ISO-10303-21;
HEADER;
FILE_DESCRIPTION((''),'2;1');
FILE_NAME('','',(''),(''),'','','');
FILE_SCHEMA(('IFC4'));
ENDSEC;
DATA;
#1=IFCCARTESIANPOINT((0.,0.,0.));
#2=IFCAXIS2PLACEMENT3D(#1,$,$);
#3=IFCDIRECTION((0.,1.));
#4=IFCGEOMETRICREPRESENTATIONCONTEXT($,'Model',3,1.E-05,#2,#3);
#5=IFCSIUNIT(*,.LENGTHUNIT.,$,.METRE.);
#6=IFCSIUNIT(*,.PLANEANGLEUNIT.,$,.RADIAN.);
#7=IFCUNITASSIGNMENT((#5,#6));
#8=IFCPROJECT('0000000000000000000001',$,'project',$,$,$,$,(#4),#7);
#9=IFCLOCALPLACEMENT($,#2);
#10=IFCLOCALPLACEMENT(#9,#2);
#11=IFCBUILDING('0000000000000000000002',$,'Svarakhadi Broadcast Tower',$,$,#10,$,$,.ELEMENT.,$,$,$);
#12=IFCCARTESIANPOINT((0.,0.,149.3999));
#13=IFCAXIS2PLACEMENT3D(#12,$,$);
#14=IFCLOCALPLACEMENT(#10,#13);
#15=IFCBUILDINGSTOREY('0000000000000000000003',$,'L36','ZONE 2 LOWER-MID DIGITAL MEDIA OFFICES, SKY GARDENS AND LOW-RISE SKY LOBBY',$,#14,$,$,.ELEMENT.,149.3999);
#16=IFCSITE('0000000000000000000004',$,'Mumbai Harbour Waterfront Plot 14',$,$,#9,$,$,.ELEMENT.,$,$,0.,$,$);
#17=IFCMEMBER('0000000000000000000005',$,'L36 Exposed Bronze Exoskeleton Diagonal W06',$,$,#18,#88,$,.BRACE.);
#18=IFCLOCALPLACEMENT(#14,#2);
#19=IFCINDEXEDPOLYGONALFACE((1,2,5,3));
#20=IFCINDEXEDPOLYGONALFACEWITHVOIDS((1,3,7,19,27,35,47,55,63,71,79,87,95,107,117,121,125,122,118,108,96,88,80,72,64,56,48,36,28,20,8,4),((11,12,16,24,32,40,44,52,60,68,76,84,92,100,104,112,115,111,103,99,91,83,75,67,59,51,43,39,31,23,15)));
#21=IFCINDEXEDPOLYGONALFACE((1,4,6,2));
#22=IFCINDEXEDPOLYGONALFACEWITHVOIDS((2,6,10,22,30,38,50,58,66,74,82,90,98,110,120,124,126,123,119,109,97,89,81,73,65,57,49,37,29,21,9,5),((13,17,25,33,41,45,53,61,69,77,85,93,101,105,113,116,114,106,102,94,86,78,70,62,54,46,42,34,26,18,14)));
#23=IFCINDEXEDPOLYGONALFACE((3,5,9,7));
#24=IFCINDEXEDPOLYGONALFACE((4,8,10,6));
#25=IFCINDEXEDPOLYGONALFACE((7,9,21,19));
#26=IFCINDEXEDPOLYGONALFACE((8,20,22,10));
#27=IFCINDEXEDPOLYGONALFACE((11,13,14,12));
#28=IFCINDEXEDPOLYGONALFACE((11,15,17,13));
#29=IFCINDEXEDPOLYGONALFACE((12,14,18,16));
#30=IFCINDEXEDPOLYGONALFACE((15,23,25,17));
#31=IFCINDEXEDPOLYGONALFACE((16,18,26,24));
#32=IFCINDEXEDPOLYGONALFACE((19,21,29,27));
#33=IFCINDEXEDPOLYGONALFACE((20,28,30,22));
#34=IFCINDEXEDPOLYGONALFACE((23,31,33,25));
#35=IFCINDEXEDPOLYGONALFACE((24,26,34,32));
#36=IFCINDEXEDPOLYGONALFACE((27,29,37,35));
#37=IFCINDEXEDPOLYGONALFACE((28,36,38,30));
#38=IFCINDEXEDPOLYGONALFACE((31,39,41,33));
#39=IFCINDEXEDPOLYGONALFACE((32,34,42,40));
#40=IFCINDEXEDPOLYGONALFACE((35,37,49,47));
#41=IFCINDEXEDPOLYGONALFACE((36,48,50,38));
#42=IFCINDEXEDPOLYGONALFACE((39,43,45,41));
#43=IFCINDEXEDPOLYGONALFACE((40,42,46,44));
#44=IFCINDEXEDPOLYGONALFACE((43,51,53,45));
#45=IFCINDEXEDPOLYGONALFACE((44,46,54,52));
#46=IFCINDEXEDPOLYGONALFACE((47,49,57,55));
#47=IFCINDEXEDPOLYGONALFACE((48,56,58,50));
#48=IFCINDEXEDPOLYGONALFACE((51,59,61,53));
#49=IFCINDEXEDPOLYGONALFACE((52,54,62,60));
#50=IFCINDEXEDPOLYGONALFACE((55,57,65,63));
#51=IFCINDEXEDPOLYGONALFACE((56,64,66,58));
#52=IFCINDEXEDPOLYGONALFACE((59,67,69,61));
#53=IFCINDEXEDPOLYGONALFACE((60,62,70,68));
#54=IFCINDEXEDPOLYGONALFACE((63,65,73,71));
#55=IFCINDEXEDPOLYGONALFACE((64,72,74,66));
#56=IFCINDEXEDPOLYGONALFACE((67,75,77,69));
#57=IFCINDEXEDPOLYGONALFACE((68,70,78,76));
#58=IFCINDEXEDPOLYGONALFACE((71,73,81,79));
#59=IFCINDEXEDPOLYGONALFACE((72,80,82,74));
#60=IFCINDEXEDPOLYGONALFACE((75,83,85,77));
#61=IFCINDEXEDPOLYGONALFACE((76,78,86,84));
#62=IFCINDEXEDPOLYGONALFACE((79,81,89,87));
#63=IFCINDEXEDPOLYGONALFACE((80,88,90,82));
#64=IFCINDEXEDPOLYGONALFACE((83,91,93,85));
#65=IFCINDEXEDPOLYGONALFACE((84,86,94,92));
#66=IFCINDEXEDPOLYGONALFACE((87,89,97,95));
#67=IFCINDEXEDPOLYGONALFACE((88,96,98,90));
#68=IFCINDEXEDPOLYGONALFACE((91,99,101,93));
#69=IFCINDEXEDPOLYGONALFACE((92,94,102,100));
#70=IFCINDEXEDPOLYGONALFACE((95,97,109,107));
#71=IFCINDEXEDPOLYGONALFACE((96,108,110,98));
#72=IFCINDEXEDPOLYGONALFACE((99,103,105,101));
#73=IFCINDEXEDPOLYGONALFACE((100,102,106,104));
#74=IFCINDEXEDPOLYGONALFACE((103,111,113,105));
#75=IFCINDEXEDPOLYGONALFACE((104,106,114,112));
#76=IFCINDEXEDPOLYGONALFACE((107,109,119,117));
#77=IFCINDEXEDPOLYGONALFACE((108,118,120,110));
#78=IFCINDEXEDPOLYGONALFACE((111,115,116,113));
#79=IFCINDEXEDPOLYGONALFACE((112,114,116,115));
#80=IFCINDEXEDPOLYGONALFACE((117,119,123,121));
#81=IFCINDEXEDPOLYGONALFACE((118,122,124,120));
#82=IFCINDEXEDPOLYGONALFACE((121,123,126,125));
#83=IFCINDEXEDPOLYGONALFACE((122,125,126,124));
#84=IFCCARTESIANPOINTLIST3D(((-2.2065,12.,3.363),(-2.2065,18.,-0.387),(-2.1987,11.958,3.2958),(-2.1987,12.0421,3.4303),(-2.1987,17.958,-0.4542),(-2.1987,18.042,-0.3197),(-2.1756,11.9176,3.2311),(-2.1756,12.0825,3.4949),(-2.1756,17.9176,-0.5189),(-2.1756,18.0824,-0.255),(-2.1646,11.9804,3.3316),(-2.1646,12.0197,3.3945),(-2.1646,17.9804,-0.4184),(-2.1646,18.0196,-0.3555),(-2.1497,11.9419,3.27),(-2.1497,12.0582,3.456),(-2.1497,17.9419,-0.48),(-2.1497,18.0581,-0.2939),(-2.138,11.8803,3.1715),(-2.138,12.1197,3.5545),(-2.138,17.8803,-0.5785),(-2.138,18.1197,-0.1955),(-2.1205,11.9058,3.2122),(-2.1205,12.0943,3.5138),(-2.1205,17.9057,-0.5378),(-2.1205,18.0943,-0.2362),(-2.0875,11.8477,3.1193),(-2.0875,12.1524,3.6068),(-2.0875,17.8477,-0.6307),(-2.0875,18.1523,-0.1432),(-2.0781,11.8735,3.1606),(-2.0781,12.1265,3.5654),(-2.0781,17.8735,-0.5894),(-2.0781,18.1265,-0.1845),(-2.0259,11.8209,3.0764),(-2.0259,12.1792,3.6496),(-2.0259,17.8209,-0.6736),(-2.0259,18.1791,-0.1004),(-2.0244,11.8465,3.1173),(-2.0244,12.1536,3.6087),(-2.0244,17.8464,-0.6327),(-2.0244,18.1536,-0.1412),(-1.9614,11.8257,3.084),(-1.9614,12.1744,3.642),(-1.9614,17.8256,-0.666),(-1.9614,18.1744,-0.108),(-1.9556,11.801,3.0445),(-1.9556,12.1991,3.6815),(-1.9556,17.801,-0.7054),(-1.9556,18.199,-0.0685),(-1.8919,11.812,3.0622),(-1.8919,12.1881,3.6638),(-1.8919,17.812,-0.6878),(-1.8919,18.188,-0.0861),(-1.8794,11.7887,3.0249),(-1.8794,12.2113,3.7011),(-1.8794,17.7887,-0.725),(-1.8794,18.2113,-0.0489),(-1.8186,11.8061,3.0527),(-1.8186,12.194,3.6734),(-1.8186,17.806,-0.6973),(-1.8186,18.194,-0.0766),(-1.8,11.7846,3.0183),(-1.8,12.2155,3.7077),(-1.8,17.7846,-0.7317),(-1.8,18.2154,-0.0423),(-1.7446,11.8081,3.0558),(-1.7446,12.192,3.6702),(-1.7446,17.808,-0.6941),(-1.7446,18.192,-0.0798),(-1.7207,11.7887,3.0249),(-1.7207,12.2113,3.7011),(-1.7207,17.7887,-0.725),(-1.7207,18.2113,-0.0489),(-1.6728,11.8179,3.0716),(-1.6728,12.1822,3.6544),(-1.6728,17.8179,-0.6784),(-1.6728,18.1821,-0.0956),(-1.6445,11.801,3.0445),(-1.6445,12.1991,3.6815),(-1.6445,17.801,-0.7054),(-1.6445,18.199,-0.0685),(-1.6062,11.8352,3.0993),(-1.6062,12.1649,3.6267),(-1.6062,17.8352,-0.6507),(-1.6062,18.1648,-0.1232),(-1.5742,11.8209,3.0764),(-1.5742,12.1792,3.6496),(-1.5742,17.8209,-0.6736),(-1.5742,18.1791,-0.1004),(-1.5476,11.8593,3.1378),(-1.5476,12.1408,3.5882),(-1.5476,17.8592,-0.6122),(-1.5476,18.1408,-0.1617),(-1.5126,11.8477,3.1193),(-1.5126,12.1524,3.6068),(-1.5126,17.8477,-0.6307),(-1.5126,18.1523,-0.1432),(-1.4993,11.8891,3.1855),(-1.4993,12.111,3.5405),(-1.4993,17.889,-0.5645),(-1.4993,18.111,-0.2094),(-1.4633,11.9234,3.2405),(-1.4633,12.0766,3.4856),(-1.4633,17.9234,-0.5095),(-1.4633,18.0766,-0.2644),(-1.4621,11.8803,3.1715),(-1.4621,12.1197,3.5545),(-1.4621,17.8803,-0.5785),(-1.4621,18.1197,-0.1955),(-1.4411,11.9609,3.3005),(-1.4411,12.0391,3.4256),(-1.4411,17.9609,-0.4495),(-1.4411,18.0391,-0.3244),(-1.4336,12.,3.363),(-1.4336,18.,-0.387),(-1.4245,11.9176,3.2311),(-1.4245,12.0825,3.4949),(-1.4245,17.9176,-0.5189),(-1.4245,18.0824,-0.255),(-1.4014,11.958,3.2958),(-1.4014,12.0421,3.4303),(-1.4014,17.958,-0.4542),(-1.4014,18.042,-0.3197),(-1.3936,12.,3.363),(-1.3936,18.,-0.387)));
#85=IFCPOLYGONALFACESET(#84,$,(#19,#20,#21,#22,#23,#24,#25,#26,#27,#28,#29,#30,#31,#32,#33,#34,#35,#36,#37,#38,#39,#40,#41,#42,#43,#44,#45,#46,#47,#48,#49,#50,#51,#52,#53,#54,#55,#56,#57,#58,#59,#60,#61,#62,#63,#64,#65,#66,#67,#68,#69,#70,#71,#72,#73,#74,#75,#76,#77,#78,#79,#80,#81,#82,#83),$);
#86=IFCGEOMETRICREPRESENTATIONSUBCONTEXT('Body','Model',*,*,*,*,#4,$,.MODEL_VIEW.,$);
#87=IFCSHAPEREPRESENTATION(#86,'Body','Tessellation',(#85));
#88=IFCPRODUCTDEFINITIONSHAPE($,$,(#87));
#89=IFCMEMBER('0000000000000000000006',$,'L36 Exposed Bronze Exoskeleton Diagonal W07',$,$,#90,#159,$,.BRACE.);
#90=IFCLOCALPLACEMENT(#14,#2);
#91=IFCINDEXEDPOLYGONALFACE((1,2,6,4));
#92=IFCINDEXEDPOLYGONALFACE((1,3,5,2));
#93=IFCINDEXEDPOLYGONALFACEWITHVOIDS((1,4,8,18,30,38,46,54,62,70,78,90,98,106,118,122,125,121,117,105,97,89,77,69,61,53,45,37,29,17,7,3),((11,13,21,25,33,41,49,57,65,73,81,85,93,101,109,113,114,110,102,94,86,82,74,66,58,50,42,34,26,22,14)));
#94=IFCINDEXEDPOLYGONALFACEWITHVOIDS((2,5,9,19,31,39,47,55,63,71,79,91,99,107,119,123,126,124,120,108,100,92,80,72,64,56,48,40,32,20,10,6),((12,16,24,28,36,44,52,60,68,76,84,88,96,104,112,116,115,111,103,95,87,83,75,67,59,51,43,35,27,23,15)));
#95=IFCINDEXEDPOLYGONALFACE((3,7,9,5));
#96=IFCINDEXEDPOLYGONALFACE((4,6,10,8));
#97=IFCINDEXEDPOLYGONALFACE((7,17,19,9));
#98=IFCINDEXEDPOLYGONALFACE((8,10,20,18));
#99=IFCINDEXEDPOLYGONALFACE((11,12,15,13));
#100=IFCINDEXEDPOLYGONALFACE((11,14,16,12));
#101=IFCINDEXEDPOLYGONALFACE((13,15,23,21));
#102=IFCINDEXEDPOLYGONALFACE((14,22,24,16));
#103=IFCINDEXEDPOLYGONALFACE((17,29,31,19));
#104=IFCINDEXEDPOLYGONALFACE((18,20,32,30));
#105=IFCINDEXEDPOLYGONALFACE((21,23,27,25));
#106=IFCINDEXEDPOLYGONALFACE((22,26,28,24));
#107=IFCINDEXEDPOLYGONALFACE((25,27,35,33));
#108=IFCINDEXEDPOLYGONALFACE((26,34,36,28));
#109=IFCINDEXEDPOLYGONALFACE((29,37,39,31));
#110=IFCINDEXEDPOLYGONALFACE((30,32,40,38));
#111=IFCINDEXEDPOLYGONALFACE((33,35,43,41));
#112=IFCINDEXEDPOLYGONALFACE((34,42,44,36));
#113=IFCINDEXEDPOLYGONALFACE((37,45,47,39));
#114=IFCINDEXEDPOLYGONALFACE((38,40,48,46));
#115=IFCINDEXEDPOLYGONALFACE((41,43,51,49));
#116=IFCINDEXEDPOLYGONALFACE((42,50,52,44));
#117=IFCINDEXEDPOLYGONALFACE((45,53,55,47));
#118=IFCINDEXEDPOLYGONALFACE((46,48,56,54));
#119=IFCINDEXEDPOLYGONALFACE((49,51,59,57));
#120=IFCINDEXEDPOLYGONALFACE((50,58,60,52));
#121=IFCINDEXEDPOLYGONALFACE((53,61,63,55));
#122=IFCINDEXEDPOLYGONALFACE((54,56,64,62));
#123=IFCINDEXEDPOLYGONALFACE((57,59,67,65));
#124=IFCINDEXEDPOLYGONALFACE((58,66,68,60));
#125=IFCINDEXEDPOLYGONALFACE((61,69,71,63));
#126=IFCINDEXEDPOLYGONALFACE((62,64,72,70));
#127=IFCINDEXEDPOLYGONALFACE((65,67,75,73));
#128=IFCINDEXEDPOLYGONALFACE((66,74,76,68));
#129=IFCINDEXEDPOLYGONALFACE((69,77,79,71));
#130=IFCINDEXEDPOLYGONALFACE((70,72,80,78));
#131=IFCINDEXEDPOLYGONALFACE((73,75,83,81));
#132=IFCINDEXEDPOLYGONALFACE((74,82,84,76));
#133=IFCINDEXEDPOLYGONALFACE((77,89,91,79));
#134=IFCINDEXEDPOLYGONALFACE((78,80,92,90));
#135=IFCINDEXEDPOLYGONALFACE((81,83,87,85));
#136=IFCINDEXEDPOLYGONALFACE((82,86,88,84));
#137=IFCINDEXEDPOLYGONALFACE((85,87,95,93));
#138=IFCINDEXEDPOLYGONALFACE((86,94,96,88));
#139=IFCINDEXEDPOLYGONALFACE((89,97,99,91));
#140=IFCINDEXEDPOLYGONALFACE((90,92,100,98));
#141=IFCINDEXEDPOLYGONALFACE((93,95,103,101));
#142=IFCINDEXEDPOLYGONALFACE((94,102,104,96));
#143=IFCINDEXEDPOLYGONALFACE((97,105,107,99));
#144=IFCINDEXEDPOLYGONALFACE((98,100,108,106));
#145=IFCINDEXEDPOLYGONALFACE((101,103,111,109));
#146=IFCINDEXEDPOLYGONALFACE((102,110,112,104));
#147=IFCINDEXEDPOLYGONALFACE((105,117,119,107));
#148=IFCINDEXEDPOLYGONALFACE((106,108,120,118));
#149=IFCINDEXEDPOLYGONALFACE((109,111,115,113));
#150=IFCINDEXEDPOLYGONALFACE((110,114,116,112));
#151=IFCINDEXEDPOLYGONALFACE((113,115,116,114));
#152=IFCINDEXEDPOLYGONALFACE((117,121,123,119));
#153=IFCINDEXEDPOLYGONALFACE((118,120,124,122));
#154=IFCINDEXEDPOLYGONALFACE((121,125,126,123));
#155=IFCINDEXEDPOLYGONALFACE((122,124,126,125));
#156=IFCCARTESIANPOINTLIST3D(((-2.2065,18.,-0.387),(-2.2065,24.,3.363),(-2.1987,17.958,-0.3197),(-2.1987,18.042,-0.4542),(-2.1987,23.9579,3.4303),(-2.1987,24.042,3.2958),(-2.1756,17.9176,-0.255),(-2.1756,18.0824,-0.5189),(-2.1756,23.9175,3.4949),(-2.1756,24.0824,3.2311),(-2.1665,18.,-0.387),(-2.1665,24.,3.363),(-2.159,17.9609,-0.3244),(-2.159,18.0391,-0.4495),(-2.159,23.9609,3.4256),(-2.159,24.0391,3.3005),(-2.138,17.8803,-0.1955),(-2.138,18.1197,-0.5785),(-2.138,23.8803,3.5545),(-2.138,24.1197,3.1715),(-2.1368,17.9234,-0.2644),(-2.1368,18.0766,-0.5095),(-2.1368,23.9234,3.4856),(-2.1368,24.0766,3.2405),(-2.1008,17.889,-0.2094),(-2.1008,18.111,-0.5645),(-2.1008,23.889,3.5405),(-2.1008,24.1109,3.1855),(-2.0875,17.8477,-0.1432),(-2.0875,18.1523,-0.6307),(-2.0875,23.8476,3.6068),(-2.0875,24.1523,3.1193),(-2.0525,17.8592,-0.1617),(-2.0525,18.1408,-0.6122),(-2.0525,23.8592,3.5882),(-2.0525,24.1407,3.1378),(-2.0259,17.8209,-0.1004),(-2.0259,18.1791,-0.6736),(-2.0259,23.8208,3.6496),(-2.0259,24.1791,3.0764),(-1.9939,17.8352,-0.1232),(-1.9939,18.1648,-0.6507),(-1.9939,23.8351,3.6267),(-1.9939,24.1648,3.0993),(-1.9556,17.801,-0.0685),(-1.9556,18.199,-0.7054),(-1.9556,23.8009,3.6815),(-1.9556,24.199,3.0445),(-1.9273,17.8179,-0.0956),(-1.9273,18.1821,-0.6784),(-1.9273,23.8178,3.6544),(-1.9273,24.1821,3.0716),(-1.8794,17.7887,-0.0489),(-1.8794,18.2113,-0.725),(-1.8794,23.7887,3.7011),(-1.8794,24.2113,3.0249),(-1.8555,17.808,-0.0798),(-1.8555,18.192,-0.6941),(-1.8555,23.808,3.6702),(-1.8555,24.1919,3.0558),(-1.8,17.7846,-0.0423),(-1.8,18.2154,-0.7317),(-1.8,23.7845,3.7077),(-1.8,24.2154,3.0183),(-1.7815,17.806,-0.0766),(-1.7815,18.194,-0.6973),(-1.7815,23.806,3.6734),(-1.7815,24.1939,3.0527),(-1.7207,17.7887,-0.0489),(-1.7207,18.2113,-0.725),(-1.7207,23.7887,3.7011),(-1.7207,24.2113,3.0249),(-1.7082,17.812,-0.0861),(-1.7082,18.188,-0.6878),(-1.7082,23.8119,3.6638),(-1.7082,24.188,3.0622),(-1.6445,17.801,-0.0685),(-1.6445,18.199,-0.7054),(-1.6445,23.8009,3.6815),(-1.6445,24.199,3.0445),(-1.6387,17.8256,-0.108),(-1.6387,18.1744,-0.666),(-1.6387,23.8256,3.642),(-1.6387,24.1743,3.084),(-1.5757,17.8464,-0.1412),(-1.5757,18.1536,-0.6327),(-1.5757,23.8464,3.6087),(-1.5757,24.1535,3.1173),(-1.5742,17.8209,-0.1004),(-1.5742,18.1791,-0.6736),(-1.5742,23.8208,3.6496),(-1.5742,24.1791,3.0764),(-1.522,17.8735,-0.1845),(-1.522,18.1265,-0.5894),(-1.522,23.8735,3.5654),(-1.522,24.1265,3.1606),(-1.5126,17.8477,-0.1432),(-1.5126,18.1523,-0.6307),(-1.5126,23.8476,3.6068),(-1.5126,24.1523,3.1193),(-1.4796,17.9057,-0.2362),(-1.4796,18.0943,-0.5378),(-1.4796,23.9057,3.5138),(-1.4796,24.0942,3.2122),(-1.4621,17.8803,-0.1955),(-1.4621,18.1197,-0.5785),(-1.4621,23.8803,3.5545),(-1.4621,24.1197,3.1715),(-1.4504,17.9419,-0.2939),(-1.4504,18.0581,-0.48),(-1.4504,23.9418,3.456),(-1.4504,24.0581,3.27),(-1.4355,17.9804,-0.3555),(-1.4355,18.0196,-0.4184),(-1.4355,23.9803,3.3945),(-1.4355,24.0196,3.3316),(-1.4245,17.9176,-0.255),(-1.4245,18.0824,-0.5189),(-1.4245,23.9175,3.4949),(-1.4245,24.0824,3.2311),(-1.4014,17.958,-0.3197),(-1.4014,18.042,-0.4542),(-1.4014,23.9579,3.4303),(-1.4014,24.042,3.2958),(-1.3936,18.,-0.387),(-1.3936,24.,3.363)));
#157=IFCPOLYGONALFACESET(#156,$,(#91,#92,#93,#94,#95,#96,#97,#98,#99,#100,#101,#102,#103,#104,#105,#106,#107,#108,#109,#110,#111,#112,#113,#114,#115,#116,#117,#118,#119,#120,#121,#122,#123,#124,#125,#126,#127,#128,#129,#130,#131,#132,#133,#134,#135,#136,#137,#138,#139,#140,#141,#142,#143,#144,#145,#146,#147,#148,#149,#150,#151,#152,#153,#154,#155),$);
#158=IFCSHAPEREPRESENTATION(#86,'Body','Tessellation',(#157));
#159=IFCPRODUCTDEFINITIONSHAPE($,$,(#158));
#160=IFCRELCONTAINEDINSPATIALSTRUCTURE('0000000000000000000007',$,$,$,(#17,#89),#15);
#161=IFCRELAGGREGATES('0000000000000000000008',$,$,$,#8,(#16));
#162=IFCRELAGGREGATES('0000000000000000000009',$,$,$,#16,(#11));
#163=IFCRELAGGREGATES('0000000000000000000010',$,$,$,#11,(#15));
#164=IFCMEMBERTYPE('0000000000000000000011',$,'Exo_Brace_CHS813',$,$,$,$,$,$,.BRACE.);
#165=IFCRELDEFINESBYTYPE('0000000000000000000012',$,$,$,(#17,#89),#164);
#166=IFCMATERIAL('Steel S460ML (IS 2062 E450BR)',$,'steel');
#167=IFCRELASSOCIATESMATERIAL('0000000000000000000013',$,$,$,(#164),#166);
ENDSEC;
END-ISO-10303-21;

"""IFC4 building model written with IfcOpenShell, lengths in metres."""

from ifc_helpers import new_model, si_unit, direction, frame, origin, origin_2d, place, context, subcontext, project, spatial, hollow_circle, extrude, material, material_profile, profile_set, type_object, element, save


model = new_model("IFC4")

# Units and contexts
model_context = context("Model", 3, precision=1e-05, world=origin(), true_north=direction((0.0, 1.0)))
body_context = subcontext(model_context, "Body", "Model", "MODEL_VIEW")
ifc_project = project(units=[si_unit("LENGTHUNIT", "METRE"), si_unit("PLANEANGLEUNIT", "RADIAN")], contexts=[model_context])

# Site, building, storey
site_placement = place(None, origin())
site = spatial("IfcSite", under=ifc_project, at=site_placement, Name="Mumbai Harbour Waterfront Plot 14", CompositionType="ELEMENT", RefElevation=0.0)
building_placement = place(site_placement, origin())
building = spatial("IfcBuilding", under=site, at=building_placement, Name="Svarakhadi Broadcast Tower", CompositionType="ELEMENT")
storey_placement = place(building_placement, frame((0.0, 0.0, 149.3999)))
storey = spatial("IfcBuildingStorey", under=building, at=storey_placement, Name="L36", Description="ZONE 2 LOWER-MID DIGITAL MEDIA OFFICES, SKY GARDENS AND LOW-RISE SKY LOBBY", CompositionType="ELEMENT", Elevation=149.3999)

# Shared definitions
ifc_material_1 = material(Name="Steel S460ML (IS 2062 E450BR)", Category="steel")

# Members
ifc_material_profile_1 = material_profile(ifc_material_1, hollow_circle(Radius=0.4065, WallThickness=0.04, at=origin_2d()), Name="CHS 813x40")
ifc_profile_set_1 = profile_set([ifc_material_profile_1], Name="Steel S460ML (IS 2062 E450BR)")
member_type_1 = type_object("IfcMemberType", Name="Exo_Brace_CHS813", PredefinedType="BRACE", material=ifc_profile_set_1)
for number, where, z_axis, x_axis, name in (
    (1, (-1.8, 18.0, -0.387), (0.0, -0.847998, 0.529999), (1.0, 0.0, 0.0), "L36 Exposed Bronze Exoskeleton Diagonal W06"),
    (2, (-1.8, 18.0, -0.387), (0.0, 0.847998, 0.529999), (-1.0, 0.0, 0.0), "L36 Exposed Bronze Exoskeleton Diagonal W07"),
):
    element("IfcMember", number, at=place(storey_placement, frame(where, z_axis=z_axis, x_axis=x_axis)), inside=storey, type_object=member_type_1, Name=name, PredefinedType="BRACE", context=body_context, shape_type="SweptSolid", body=[
        extrude(hollow_circle(Radius=0.4065, WallThickness=0.04, at=origin_2d()), origin(), (0.0, 0.0, 1.0), 7.0754),
    ])

save(model, "model.ifc")
